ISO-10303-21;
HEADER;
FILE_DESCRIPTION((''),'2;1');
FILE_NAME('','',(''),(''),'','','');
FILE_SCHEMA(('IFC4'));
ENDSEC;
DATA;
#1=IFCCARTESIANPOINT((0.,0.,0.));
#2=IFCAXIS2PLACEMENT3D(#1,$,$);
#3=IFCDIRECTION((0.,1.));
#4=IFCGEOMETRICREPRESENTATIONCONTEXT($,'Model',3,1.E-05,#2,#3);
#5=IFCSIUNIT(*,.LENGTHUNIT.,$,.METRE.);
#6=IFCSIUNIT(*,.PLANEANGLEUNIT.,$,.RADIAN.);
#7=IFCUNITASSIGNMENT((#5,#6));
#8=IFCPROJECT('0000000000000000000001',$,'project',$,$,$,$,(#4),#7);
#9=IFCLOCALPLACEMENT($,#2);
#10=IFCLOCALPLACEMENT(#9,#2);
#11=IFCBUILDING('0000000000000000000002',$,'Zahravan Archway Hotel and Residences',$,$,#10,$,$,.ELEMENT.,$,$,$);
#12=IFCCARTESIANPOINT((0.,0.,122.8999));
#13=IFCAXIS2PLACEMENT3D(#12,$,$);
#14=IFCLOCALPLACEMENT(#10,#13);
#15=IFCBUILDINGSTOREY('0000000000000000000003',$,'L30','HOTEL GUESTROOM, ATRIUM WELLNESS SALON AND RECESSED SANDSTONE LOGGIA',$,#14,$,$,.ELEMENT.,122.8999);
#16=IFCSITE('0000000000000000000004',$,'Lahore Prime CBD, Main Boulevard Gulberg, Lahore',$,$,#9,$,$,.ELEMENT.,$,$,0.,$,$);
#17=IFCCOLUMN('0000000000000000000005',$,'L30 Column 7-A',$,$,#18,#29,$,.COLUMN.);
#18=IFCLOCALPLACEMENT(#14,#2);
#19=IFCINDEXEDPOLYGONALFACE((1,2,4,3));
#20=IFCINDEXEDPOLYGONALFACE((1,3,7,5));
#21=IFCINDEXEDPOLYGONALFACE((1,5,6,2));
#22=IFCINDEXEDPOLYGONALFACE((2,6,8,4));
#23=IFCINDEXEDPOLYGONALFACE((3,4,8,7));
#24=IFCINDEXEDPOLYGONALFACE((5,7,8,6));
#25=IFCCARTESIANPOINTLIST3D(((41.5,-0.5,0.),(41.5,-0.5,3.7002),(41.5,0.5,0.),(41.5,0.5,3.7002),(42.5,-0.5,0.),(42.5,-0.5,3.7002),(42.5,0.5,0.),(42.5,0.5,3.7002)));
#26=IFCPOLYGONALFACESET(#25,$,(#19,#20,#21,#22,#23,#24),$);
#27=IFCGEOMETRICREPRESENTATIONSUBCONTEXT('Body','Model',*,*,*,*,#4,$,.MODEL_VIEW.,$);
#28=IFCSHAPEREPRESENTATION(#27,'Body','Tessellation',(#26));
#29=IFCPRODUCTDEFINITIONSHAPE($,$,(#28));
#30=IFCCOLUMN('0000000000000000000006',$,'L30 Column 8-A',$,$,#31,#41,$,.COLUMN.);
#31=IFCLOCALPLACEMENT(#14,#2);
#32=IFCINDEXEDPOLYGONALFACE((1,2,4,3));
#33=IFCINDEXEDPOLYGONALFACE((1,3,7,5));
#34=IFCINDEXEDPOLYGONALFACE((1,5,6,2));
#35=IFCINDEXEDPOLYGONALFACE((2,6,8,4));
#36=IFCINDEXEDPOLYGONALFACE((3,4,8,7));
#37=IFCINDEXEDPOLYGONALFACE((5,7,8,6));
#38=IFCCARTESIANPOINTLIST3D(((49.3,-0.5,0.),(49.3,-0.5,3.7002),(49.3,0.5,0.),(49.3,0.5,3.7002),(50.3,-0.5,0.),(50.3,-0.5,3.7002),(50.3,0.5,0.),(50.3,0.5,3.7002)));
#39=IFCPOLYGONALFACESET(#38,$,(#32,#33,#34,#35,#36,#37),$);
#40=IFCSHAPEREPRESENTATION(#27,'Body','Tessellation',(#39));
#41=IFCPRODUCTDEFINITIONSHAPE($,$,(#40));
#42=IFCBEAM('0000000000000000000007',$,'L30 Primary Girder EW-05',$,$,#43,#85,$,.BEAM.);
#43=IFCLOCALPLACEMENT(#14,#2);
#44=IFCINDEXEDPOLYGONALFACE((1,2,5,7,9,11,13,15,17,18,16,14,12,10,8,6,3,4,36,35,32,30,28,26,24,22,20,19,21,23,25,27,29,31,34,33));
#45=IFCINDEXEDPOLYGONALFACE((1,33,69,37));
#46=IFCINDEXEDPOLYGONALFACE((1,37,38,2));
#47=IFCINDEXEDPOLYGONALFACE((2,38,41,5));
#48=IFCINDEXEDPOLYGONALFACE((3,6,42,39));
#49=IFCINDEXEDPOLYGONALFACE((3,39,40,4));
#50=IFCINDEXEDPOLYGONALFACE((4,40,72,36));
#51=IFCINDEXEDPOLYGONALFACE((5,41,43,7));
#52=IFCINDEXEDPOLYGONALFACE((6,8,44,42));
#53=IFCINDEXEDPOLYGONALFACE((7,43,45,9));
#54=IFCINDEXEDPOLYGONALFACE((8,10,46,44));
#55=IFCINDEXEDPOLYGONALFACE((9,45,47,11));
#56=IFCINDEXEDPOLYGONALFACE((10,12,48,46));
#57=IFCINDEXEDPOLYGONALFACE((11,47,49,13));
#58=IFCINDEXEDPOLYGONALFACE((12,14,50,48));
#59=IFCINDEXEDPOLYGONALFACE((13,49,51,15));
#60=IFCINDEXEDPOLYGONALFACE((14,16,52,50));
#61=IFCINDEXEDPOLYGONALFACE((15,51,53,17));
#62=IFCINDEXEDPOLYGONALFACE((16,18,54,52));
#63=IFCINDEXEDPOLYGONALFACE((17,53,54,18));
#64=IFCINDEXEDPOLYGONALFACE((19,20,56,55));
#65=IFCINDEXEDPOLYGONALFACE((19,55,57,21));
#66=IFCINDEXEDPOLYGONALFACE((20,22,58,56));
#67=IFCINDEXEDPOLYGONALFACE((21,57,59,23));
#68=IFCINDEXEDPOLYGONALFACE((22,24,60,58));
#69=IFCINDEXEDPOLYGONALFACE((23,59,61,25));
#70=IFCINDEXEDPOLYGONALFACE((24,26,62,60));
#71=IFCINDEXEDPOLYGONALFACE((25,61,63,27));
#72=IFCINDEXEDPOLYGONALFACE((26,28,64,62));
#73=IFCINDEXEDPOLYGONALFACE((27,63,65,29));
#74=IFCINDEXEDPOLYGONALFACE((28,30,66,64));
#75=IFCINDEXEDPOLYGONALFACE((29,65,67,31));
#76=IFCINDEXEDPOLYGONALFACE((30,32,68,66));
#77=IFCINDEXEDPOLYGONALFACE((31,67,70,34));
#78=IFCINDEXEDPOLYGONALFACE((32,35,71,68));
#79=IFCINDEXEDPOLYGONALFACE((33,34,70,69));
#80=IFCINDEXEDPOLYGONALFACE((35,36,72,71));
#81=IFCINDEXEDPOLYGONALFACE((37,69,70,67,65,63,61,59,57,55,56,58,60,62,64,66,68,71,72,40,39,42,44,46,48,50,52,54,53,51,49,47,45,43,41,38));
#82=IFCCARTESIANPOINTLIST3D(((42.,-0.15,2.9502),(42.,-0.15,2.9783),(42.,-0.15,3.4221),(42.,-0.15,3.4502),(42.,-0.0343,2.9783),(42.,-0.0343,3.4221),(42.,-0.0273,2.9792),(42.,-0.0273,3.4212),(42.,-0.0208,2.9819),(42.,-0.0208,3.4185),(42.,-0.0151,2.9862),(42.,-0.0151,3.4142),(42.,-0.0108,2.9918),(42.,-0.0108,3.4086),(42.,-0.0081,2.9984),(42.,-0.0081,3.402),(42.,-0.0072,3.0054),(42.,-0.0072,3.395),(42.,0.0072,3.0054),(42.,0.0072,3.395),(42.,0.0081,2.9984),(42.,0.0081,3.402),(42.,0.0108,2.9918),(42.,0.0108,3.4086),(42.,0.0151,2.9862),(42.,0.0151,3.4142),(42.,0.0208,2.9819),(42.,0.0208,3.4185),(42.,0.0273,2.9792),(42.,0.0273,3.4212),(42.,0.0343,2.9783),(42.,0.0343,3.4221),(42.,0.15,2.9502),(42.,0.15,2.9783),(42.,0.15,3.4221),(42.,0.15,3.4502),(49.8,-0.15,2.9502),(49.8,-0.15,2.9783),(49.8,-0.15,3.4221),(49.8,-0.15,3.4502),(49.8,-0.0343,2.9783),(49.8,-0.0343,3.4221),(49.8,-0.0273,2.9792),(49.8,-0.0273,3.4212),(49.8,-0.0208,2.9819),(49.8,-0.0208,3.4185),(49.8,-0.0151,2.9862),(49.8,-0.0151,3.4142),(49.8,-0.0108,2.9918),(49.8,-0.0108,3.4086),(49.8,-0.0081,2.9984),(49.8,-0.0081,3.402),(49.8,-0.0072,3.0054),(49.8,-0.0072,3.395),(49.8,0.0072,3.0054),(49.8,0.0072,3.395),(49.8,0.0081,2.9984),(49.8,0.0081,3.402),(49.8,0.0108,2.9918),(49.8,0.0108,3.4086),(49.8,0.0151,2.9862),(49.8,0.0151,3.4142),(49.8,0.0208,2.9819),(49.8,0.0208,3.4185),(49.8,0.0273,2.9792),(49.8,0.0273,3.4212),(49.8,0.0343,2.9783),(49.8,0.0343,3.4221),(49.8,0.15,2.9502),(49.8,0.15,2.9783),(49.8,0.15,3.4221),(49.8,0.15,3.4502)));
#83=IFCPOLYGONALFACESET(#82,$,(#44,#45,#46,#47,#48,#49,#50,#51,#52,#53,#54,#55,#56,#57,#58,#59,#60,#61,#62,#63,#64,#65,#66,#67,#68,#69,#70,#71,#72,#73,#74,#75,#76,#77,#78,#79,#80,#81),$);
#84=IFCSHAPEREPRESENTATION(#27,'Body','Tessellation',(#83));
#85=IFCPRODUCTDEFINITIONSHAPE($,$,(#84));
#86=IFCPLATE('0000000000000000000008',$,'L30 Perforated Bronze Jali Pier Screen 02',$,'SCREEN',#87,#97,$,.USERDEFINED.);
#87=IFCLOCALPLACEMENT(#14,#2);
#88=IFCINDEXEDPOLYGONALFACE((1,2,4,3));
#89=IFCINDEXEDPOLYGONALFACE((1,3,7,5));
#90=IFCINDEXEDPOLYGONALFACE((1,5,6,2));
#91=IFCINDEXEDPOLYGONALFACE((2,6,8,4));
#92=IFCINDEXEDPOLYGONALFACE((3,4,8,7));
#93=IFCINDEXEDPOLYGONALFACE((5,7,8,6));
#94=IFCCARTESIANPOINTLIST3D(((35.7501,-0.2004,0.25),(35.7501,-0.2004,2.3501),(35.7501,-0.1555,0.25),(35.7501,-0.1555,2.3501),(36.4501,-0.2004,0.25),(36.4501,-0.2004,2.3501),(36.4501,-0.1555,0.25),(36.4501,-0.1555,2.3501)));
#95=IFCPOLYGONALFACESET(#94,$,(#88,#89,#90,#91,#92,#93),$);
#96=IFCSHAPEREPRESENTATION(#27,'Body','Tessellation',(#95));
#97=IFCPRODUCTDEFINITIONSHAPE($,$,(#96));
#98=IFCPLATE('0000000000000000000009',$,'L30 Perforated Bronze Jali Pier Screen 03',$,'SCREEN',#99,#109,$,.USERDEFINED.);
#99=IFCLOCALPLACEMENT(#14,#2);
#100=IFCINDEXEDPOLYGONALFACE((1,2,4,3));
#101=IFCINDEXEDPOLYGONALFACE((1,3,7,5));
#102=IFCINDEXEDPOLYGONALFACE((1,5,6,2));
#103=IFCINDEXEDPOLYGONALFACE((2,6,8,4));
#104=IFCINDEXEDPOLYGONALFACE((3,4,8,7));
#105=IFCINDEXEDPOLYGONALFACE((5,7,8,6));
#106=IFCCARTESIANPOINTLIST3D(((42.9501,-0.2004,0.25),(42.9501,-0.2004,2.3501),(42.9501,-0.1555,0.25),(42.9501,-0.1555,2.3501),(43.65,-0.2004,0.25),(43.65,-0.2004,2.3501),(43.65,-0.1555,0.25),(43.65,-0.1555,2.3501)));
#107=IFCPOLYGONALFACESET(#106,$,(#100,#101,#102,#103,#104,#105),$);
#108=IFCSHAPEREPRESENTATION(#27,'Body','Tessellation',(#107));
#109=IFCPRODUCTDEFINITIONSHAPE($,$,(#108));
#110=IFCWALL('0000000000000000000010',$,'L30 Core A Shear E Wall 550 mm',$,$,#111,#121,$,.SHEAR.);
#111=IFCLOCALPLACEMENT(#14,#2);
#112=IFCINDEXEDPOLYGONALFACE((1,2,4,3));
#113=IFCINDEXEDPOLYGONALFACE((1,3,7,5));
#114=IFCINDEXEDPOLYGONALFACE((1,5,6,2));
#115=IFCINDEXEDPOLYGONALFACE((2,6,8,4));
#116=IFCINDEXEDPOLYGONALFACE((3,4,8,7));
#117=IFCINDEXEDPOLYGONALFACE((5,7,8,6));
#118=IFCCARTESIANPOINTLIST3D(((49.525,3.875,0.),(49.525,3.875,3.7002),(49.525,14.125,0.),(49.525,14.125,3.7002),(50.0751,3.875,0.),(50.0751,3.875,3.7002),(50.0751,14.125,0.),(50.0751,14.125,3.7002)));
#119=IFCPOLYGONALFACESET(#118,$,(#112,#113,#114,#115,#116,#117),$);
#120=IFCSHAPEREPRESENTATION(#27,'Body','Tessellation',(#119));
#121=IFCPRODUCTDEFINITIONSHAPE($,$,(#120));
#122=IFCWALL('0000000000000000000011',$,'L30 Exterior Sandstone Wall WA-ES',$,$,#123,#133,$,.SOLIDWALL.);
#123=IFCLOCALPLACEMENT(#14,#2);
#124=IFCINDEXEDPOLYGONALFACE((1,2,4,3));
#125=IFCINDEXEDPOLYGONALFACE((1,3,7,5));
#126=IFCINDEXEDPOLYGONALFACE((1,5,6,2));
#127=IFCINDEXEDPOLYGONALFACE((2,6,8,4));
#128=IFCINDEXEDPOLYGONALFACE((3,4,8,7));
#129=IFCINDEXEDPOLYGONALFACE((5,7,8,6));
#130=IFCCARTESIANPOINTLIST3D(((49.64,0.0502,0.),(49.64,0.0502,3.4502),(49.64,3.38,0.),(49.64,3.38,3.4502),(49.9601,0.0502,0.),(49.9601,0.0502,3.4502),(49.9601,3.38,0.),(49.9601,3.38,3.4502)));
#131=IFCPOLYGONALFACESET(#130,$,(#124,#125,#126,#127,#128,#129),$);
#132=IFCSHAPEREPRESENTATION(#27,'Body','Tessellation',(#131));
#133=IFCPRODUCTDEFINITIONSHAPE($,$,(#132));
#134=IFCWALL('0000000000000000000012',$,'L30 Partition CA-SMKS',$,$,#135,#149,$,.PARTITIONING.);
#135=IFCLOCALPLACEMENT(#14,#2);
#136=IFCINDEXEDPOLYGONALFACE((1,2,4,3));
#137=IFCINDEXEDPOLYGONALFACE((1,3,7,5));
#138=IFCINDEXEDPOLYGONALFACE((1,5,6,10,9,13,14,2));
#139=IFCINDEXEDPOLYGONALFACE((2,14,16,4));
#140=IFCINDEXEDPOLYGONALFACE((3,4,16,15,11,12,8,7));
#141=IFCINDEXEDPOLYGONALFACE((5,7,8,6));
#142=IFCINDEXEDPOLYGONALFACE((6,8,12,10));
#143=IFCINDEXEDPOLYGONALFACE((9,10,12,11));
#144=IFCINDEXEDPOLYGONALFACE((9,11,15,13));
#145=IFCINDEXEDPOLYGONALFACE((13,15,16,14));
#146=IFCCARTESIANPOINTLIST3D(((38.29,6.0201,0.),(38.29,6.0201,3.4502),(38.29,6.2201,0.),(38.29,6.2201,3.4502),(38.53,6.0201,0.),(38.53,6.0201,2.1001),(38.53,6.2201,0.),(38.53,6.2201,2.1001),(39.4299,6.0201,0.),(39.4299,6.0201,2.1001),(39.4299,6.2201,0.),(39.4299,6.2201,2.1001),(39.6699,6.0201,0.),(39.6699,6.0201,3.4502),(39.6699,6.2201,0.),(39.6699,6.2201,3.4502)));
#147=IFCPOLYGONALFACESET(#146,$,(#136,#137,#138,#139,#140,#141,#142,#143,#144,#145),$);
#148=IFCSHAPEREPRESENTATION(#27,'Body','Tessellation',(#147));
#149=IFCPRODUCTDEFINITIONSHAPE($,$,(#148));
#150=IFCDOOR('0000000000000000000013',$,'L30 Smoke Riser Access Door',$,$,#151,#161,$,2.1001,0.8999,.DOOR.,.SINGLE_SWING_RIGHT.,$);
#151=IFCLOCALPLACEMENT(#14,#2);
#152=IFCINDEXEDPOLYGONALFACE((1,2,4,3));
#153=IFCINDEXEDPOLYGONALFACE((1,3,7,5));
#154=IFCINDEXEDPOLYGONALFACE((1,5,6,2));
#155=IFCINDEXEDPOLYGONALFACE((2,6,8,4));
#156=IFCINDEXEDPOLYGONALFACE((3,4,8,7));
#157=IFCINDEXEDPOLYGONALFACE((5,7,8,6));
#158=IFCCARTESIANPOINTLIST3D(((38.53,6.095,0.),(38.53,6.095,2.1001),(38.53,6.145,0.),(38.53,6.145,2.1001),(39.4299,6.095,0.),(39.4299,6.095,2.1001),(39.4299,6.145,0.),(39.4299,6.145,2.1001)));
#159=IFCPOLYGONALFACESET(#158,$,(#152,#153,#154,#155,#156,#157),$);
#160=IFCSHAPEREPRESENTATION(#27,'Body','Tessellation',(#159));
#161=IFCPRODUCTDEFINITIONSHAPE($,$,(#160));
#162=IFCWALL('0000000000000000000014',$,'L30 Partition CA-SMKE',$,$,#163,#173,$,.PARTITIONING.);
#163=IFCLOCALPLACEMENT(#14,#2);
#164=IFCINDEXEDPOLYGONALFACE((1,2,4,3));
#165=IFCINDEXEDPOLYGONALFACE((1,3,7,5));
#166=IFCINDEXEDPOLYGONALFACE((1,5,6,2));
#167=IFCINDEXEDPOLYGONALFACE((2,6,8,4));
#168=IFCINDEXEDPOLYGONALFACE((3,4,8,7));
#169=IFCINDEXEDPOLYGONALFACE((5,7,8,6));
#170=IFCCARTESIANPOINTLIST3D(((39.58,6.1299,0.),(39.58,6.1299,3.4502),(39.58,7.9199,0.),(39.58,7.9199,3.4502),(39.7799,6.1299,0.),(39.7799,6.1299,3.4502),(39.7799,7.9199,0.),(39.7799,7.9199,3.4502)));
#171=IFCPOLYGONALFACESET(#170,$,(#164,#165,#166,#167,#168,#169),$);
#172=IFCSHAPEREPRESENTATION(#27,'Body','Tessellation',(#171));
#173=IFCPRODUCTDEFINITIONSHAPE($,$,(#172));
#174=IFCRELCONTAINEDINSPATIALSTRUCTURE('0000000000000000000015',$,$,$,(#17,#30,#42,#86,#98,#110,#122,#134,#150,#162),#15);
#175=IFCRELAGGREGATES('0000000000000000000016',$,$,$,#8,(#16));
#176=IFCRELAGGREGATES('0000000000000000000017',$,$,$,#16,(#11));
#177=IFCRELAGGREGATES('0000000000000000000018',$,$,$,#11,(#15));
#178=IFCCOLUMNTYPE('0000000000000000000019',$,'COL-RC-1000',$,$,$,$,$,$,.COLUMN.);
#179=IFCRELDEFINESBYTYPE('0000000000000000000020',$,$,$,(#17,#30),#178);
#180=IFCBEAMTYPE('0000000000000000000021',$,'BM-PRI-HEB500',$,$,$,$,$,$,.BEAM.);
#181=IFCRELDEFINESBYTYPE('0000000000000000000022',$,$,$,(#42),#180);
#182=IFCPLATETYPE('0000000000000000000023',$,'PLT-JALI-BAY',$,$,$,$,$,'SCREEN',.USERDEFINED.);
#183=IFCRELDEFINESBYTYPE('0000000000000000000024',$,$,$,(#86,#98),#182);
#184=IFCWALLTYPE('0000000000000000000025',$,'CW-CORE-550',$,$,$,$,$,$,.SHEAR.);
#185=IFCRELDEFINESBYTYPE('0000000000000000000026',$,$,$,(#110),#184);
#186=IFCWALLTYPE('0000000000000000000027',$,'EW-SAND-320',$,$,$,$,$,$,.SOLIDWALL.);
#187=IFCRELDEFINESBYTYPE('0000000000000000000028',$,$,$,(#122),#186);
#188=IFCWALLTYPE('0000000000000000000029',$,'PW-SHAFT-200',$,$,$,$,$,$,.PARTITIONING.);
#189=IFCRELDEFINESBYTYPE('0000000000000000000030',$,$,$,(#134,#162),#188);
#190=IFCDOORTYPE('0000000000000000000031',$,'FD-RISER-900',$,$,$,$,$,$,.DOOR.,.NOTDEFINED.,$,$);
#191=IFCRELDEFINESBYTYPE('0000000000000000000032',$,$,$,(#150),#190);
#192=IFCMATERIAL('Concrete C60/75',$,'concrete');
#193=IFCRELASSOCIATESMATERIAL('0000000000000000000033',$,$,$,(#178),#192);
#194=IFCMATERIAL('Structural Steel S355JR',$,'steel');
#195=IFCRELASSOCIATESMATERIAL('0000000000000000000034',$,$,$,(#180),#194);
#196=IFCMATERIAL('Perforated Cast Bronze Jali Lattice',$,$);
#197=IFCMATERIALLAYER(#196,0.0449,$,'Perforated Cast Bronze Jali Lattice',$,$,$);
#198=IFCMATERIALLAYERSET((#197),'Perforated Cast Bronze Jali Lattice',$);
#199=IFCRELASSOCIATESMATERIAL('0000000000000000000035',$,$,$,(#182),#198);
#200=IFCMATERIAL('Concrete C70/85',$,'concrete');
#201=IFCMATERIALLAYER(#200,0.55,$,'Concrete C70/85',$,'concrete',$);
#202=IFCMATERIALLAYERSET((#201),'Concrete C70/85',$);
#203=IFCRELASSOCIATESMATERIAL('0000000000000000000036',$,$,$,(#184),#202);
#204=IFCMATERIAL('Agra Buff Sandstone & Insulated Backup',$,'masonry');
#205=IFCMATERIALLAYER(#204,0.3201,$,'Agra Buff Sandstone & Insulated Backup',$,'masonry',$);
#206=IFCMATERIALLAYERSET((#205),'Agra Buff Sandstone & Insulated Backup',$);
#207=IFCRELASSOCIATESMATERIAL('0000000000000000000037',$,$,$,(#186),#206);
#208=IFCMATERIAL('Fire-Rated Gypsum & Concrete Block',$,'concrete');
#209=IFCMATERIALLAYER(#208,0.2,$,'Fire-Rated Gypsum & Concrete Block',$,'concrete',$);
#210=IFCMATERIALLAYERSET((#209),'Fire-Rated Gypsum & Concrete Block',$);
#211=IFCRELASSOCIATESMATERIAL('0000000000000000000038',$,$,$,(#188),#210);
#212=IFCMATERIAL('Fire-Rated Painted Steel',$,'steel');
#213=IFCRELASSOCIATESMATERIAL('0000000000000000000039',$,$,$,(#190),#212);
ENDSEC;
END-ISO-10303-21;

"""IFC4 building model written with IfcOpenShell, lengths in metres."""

from ifc_helpers import new_model, si_unit, direction, frame, frame_2d, origin, origin_2d, place, context, subcontext, project, spatial, rectangle, i_section, extrude, source, transform, mapped, material, layer, layer_set, material_profile, profile_set, type_object, type_shapes, element, fill, save


model = new_model("IFC4")

# Units and contexts
model_context = context("Model", 3, precision=1e-05, world=origin(), true_north=direction((0.0, 1.0)))
body_context = subcontext(model_context, "Body", "Model", "MODEL_VIEW")
ifc_project = project(units=[si_unit("LENGTHUNIT", "METRE"), si_unit("PLANEANGLEUNIT", "RADIAN")], contexts=[model_context])

# Site, building, storey
site_placement = place(None, origin())
site = spatial("IfcSite", under=ifc_project, at=site_placement, Name="Lahore Prime CBD, Main Boulevard Gulberg, Lahore", CompositionType="ELEMENT", RefElevation=0.0)
building_placement = place(site_placement, origin())
building = spatial("IfcBuilding", under=site, at=building_placement, Name="Zahravan Archway Hotel and Residences", CompositionType="ELEMENT")
storey_placement = place(building_placement, frame((0.0, 0.0, 122.8999)))
storey = spatial("IfcBuildingStorey", under=building, at=storey_placement, Name="L30", Description="HOTEL GUESTROOM, ATRIUM WELLNESS SALON AND RECESSED SANDSTONE LOGGIA", CompositionType="ELEMENT", Elevation=122.8999)

# Columns
ifc_material_1 = material(Name="Concrete C60/75", Category="concrete")
ifc_material_profile_1 = material_profile(ifc_material_1, rectangle(XDim=1.0, YDim=1.0, at=origin_2d()), Name="RC-COL-1000x1000", Category="concrete")
ifc_profile_set_1 = profile_set([ifc_material_profile_1], Name="Concrete C60/75")
column_type = type_object("IfcColumnType", Name="COL-RC-1000", PredefinedType="COLUMN", material=ifc_profile_set_1)
shared_shape_1 = source(origin(), body_context, "Body", "SweptSolid", [
    extrude(rectangle(XDim=1.0, YDim=1.0, at=origin_2d()), origin(), (0.0, 0.0, 1.0), 3.7002),
])
for number, where, z_axis, x_axis, name in (
    (1, (42.0, 0.0, 0.0), (0.0, 0.0, 1.0), (1.0, 0.0, 0.0), "L30 Column 7-A"),
    (2, (49.8, 0.0, 0.0), (0.0, 0.0, 1.0), (1.0, 0.0, 0.0), "L30 Column 8-A"),
):
    element("IfcColumn", number, at=place(storey_placement, frame(where, z_axis=z_axis, x_axis=x_axis)), inside=storey, type_object=column_type, Name=name, PredefinedType="COLUMN", context=body_context, shape_type="MappedRepresentation", body=[
        mapped(shared_shape_1, transform((0.0, 0.0, 0.0), scale=1.0)),
    ])

# Beam
ifc_material_2 = material(Name="Structural Steel S355JR", Category="steel")
ifc_material_profile_2 = material_profile(ifc_material_2, i_section(OverallWidth=0.3, OverallDepth=0.5, WebThickness=0.0144, FlangeThickness=0.0281, FilletRadius=0.0271, at=origin_2d()), Name="HEB 500", Category="steel")
ifc_profile_set_2 = profile_set([ifc_material_profile_2], Name="Structural Steel S355JR")
beam_type = type_object("IfcBeamType", Name="BM-PRI-HEB500", PredefinedType="BEAM", material=ifc_profile_set_2)
shared_shape_2 = source(origin(), body_context, "Body", "SweptSolid", [
    extrude(i_section(OverallWidth=0.3, OverallDepth=0.5, WebThickness=0.0144, FlangeThickness=0.0281, FilletRadius=0.0271, at=origin_2d()), origin(), (0.0, 0.0, 1.0), 7.8),
])
beam_placement = place(storey_placement, frame((42.0, 0.0, 3.2002), z_axis=(1.0, 0.0, 0.0), x_axis=(0.0, 1.0, 0.0)))
element("IfcBeam", 3, at=beam_placement, inside=storey, type_object=beam_type, Name="L30 Primary Girder EW-05", PredefinedType="BEAM", context=body_context, shape_type="MappedRepresentation", body=[
    mapped(shared_shape_2, transform((0.0, 0.0, 0.0), scale=1.0)),
])

# Plates
ifc_material_3 = material(Name="Perforated Cast Bronze Jali Lattice")
ifc_layer_1 = layer(ifc_material_3, 0.0449, Name="Perforated Cast Bronze Jali Lattice")
ifc_layer_set_1 = layer_set([ifc_layer_1], Name="Perforated Cast Bronze Jali Lattice")
plate_type = type_object("IfcPlateType", Name="PLT-JALI-BAY", ElementType="SCREEN", PredefinedType="USERDEFINED", material=ifc_layer_set_1)
shared_shape_3 = source(origin(), body_context, "Body", "SweptSolid", [
    extrude(rectangle(XDim=0.7, YDim=0.0449, at=origin_2d()), origin(), (0.0, 0.0, 1.0), 2.1001),
])
type_shapes(plate_type, [shared_shape_3])
for number, where, z_axis, x_axis, name in (
    (4, (36.1001, -0.178, 0.25), (0.0, 0.0, 1.0), (1.0, 0.0, 0.0), "L30 Perforated Bronze Jali Pier Screen 02"),
    (5, (43.3, -0.178, 0.25), (0.0, 0.0, 1.0), (1.0, 0.0, 0.0), "L30 Perforated Bronze Jali Pier Screen 03"),
):
    element("IfcPlate", number, at=place(storey_placement, frame(where, z_axis=z_axis, x_axis=x_axis)), inside=storey, type_object=plate_type, Name=name, ObjectType="SCREEN", PredefinedType="USERDEFINED", context=body_context, shape_type="MappedRepresentation", body=[
        mapped(shared_shape_3, transform((0.0, 0.0, 0.0), scale=1.0)),
    ])

# Walls
ifc_material_4 = material(Name="Concrete C70/85", Category="concrete")
ifc_layer_2 = layer(ifc_material_4, 0.55, Name="Concrete C70/85", Category="concrete")
ifc_layer_set_2 = layer_set([ifc_layer_2], Name="Concrete C70/85")
wall_type_1 = type_object("IfcWallType", Name="CW-CORE-550", PredefinedType="SHEAR", material=ifc_layer_set_2)
wall_1_placement = place(storey_placement, frame((49.8, 3.875, 0.0), z_axis=(0.0, 0.0, 1.0), x_axis=(0.0, 1.0, 0.0)))
element("IfcWall", 6, at=wall_1_placement, inside=storey, type_object=wall_type_1, Name="L30 Core A Shear E Wall 550 mm", PredefinedType="SHEAR", context=body_context, shape_type="SweptSolid", body=[
    extrude(rectangle(XDim=10.25, YDim=0.55, at=frame_2d((5.125, 0.0))), origin(), (0.0, 0.0, 1.0), 3.7002),
])
ifc_material_5 = material(Name="Agra Buff Sandstone & Insulated Backup", Category="masonry")
ifc_layer_3 = layer(ifc_material_5, 0.3201, Name="Agra Buff Sandstone & Insulated Backup", Category="masonry")
ifc_layer_set_3 = layer_set([ifc_layer_3], Name="Agra Buff Sandstone & Insulated Backup")
wall_type_2 = type_object("IfcWallType", Name="EW-SAND-320", PredefinedType="SOLIDWALL", material=ifc_layer_set_3)
wall_2_placement = place(storey_placement, frame((49.8, 0.05, 0.0), z_axis=(0.0, 0.0, 1.0), x_axis=(0.0, 1.0, 0.0)))
element("IfcWall", 7, at=wall_2_placement, inside=storey, type_object=wall_type_2, Name="L30 Exterior Sandstone Wall WA-ES", PredefinedType="SOLIDWALL", context=body_context, shape_type="SweptSolid", body=[
    extrude(rectangle(XDim=3.3298, YDim=0.3201, at=frame_2d((1.665, 0.0))), origin(), (0.0, 0.0, 1.0), 3.4502),
])

# Wall, opening, door
ifc_material_6 = material(Name="Fire-Rated Gypsum & Concrete Block", Category="concrete")
ifc_layer_4 = layer(ifc_material_6, 0.2, Name="Fire-Rated Gypsum & Concrete Block", Category="concrete")
ifc_layer_set_4 = layer_set([ifc_layer_4], Name="Fire-Rated Gypsum & Concrete Block")
wall_type_3 = type_object("IfcWallType", Name="PW-SHAFT-200", PredefinedType="PARTITIONING", material=ifc_layer_set_4)
wall_3_placement = place(storey_placement, frame((38.29, 6.1201, 0.0), z_axis=(0.0, 0.0, 1.0), x_axis=(1.0, 0.0, 0.0)))
wall_3 = element("IfcWall", 8, at=wall_3_placement, inside=storey, type_object=wall_type_3, Name="L30 Partition CA-SMKS", PredefinedType="PARTITIONING", context=body_context, shape_type="SweptSolid", body=[
    extrude(rectangle(XDim=1.3799, YDim=0.2, at=frame_2d((0.6899, 0.0))), origin(), (0.0, 0.0, 1.0), 3.4502),
])
opening_1_placement = place(wall_3_placement, frame((0.24, 0.0, 0.0)))
opening_1 = element("IfcOpeningElement", 9, at=opening_1_placement, cuts=wall_3, PredefinedType="OPENING", context=body_context, shape_type="SweptSolid", body=[
    extrude(rectangle(XDim=0.8999, YDim=2.1001, at=frame_2d((0.45, 1.05))), frame((0.0, 0.1099, 0.0), z_axis=(0.0, -1.0, 0.0), x_axis=(1.0, 0.0, 0.0)), (0.0, 0.0, 1.0), 0.22),
])
ifc_material_7 = material(Name="Fire-Rated Painted Steel", Category="steel")
door_type = type_object("IfcDoorType", Name="FD-RISER-900", OperationType="NOTDEFINED", PredefinedType="DOOR", material=ifc_material_7)
shared_shape_4 = source(origin(), body_context, "Body", "SweptSolid", [
    extrude(rectangle(XDim=0.8999, YDim=2.1001, at=frame_2d((0.45, 1.05))), frame((0.0, 0.0249, 0.0), z_axis=(0.0, -1.0, 0.0), x_axis=(1.0, 0.0, 0.0)), (0.0, 0.0, 1.0), 0.05),
])
type_shapes(door_type, [shared_shape_4])
door_1_placement = place(opening_1_placement, origin())
door_1 = element("IfcDoor", 10, at=door_1_placement, inside=storey, type_object=door_type, Name="L30 Smoke Riser Access Door", OperationType="SINGLE_SWING_RIGHT", OverallHeight=2.1001, OverallWidth=0.8999, PredefinedType="DOOR", context=body_context, shape_type="MappedRepresentation", body=[
    mapped(shared_shape_4, transform((0.0, 0.0, 0.0), scale=1.0)),
])
fill(opening_1, door_1)

# Wall
wall_4_placement = place(storey_placement, frame((39.6799, 6.1299, 0.0), z_axis=(0.0, 0.0, 1.0), x_axis=(0.0, 1.0, 0.0)))
element("IfcWall", 11, at=wall_4_placement, inside=storey, type_object=wall_type_3, Name="L30 Partition CA-SMKE", PredefinedType="PARTITIONING", context=body_context, shape_type="SweptSolid", body=[
    extrude(rectangle(XDim=1.79, YDim=0.2, at=frame_2d((0.895, 0.0))), origin(), (0.0, 0.0, 1.0), 3.4502),
])

save(model, "model.ifc")
